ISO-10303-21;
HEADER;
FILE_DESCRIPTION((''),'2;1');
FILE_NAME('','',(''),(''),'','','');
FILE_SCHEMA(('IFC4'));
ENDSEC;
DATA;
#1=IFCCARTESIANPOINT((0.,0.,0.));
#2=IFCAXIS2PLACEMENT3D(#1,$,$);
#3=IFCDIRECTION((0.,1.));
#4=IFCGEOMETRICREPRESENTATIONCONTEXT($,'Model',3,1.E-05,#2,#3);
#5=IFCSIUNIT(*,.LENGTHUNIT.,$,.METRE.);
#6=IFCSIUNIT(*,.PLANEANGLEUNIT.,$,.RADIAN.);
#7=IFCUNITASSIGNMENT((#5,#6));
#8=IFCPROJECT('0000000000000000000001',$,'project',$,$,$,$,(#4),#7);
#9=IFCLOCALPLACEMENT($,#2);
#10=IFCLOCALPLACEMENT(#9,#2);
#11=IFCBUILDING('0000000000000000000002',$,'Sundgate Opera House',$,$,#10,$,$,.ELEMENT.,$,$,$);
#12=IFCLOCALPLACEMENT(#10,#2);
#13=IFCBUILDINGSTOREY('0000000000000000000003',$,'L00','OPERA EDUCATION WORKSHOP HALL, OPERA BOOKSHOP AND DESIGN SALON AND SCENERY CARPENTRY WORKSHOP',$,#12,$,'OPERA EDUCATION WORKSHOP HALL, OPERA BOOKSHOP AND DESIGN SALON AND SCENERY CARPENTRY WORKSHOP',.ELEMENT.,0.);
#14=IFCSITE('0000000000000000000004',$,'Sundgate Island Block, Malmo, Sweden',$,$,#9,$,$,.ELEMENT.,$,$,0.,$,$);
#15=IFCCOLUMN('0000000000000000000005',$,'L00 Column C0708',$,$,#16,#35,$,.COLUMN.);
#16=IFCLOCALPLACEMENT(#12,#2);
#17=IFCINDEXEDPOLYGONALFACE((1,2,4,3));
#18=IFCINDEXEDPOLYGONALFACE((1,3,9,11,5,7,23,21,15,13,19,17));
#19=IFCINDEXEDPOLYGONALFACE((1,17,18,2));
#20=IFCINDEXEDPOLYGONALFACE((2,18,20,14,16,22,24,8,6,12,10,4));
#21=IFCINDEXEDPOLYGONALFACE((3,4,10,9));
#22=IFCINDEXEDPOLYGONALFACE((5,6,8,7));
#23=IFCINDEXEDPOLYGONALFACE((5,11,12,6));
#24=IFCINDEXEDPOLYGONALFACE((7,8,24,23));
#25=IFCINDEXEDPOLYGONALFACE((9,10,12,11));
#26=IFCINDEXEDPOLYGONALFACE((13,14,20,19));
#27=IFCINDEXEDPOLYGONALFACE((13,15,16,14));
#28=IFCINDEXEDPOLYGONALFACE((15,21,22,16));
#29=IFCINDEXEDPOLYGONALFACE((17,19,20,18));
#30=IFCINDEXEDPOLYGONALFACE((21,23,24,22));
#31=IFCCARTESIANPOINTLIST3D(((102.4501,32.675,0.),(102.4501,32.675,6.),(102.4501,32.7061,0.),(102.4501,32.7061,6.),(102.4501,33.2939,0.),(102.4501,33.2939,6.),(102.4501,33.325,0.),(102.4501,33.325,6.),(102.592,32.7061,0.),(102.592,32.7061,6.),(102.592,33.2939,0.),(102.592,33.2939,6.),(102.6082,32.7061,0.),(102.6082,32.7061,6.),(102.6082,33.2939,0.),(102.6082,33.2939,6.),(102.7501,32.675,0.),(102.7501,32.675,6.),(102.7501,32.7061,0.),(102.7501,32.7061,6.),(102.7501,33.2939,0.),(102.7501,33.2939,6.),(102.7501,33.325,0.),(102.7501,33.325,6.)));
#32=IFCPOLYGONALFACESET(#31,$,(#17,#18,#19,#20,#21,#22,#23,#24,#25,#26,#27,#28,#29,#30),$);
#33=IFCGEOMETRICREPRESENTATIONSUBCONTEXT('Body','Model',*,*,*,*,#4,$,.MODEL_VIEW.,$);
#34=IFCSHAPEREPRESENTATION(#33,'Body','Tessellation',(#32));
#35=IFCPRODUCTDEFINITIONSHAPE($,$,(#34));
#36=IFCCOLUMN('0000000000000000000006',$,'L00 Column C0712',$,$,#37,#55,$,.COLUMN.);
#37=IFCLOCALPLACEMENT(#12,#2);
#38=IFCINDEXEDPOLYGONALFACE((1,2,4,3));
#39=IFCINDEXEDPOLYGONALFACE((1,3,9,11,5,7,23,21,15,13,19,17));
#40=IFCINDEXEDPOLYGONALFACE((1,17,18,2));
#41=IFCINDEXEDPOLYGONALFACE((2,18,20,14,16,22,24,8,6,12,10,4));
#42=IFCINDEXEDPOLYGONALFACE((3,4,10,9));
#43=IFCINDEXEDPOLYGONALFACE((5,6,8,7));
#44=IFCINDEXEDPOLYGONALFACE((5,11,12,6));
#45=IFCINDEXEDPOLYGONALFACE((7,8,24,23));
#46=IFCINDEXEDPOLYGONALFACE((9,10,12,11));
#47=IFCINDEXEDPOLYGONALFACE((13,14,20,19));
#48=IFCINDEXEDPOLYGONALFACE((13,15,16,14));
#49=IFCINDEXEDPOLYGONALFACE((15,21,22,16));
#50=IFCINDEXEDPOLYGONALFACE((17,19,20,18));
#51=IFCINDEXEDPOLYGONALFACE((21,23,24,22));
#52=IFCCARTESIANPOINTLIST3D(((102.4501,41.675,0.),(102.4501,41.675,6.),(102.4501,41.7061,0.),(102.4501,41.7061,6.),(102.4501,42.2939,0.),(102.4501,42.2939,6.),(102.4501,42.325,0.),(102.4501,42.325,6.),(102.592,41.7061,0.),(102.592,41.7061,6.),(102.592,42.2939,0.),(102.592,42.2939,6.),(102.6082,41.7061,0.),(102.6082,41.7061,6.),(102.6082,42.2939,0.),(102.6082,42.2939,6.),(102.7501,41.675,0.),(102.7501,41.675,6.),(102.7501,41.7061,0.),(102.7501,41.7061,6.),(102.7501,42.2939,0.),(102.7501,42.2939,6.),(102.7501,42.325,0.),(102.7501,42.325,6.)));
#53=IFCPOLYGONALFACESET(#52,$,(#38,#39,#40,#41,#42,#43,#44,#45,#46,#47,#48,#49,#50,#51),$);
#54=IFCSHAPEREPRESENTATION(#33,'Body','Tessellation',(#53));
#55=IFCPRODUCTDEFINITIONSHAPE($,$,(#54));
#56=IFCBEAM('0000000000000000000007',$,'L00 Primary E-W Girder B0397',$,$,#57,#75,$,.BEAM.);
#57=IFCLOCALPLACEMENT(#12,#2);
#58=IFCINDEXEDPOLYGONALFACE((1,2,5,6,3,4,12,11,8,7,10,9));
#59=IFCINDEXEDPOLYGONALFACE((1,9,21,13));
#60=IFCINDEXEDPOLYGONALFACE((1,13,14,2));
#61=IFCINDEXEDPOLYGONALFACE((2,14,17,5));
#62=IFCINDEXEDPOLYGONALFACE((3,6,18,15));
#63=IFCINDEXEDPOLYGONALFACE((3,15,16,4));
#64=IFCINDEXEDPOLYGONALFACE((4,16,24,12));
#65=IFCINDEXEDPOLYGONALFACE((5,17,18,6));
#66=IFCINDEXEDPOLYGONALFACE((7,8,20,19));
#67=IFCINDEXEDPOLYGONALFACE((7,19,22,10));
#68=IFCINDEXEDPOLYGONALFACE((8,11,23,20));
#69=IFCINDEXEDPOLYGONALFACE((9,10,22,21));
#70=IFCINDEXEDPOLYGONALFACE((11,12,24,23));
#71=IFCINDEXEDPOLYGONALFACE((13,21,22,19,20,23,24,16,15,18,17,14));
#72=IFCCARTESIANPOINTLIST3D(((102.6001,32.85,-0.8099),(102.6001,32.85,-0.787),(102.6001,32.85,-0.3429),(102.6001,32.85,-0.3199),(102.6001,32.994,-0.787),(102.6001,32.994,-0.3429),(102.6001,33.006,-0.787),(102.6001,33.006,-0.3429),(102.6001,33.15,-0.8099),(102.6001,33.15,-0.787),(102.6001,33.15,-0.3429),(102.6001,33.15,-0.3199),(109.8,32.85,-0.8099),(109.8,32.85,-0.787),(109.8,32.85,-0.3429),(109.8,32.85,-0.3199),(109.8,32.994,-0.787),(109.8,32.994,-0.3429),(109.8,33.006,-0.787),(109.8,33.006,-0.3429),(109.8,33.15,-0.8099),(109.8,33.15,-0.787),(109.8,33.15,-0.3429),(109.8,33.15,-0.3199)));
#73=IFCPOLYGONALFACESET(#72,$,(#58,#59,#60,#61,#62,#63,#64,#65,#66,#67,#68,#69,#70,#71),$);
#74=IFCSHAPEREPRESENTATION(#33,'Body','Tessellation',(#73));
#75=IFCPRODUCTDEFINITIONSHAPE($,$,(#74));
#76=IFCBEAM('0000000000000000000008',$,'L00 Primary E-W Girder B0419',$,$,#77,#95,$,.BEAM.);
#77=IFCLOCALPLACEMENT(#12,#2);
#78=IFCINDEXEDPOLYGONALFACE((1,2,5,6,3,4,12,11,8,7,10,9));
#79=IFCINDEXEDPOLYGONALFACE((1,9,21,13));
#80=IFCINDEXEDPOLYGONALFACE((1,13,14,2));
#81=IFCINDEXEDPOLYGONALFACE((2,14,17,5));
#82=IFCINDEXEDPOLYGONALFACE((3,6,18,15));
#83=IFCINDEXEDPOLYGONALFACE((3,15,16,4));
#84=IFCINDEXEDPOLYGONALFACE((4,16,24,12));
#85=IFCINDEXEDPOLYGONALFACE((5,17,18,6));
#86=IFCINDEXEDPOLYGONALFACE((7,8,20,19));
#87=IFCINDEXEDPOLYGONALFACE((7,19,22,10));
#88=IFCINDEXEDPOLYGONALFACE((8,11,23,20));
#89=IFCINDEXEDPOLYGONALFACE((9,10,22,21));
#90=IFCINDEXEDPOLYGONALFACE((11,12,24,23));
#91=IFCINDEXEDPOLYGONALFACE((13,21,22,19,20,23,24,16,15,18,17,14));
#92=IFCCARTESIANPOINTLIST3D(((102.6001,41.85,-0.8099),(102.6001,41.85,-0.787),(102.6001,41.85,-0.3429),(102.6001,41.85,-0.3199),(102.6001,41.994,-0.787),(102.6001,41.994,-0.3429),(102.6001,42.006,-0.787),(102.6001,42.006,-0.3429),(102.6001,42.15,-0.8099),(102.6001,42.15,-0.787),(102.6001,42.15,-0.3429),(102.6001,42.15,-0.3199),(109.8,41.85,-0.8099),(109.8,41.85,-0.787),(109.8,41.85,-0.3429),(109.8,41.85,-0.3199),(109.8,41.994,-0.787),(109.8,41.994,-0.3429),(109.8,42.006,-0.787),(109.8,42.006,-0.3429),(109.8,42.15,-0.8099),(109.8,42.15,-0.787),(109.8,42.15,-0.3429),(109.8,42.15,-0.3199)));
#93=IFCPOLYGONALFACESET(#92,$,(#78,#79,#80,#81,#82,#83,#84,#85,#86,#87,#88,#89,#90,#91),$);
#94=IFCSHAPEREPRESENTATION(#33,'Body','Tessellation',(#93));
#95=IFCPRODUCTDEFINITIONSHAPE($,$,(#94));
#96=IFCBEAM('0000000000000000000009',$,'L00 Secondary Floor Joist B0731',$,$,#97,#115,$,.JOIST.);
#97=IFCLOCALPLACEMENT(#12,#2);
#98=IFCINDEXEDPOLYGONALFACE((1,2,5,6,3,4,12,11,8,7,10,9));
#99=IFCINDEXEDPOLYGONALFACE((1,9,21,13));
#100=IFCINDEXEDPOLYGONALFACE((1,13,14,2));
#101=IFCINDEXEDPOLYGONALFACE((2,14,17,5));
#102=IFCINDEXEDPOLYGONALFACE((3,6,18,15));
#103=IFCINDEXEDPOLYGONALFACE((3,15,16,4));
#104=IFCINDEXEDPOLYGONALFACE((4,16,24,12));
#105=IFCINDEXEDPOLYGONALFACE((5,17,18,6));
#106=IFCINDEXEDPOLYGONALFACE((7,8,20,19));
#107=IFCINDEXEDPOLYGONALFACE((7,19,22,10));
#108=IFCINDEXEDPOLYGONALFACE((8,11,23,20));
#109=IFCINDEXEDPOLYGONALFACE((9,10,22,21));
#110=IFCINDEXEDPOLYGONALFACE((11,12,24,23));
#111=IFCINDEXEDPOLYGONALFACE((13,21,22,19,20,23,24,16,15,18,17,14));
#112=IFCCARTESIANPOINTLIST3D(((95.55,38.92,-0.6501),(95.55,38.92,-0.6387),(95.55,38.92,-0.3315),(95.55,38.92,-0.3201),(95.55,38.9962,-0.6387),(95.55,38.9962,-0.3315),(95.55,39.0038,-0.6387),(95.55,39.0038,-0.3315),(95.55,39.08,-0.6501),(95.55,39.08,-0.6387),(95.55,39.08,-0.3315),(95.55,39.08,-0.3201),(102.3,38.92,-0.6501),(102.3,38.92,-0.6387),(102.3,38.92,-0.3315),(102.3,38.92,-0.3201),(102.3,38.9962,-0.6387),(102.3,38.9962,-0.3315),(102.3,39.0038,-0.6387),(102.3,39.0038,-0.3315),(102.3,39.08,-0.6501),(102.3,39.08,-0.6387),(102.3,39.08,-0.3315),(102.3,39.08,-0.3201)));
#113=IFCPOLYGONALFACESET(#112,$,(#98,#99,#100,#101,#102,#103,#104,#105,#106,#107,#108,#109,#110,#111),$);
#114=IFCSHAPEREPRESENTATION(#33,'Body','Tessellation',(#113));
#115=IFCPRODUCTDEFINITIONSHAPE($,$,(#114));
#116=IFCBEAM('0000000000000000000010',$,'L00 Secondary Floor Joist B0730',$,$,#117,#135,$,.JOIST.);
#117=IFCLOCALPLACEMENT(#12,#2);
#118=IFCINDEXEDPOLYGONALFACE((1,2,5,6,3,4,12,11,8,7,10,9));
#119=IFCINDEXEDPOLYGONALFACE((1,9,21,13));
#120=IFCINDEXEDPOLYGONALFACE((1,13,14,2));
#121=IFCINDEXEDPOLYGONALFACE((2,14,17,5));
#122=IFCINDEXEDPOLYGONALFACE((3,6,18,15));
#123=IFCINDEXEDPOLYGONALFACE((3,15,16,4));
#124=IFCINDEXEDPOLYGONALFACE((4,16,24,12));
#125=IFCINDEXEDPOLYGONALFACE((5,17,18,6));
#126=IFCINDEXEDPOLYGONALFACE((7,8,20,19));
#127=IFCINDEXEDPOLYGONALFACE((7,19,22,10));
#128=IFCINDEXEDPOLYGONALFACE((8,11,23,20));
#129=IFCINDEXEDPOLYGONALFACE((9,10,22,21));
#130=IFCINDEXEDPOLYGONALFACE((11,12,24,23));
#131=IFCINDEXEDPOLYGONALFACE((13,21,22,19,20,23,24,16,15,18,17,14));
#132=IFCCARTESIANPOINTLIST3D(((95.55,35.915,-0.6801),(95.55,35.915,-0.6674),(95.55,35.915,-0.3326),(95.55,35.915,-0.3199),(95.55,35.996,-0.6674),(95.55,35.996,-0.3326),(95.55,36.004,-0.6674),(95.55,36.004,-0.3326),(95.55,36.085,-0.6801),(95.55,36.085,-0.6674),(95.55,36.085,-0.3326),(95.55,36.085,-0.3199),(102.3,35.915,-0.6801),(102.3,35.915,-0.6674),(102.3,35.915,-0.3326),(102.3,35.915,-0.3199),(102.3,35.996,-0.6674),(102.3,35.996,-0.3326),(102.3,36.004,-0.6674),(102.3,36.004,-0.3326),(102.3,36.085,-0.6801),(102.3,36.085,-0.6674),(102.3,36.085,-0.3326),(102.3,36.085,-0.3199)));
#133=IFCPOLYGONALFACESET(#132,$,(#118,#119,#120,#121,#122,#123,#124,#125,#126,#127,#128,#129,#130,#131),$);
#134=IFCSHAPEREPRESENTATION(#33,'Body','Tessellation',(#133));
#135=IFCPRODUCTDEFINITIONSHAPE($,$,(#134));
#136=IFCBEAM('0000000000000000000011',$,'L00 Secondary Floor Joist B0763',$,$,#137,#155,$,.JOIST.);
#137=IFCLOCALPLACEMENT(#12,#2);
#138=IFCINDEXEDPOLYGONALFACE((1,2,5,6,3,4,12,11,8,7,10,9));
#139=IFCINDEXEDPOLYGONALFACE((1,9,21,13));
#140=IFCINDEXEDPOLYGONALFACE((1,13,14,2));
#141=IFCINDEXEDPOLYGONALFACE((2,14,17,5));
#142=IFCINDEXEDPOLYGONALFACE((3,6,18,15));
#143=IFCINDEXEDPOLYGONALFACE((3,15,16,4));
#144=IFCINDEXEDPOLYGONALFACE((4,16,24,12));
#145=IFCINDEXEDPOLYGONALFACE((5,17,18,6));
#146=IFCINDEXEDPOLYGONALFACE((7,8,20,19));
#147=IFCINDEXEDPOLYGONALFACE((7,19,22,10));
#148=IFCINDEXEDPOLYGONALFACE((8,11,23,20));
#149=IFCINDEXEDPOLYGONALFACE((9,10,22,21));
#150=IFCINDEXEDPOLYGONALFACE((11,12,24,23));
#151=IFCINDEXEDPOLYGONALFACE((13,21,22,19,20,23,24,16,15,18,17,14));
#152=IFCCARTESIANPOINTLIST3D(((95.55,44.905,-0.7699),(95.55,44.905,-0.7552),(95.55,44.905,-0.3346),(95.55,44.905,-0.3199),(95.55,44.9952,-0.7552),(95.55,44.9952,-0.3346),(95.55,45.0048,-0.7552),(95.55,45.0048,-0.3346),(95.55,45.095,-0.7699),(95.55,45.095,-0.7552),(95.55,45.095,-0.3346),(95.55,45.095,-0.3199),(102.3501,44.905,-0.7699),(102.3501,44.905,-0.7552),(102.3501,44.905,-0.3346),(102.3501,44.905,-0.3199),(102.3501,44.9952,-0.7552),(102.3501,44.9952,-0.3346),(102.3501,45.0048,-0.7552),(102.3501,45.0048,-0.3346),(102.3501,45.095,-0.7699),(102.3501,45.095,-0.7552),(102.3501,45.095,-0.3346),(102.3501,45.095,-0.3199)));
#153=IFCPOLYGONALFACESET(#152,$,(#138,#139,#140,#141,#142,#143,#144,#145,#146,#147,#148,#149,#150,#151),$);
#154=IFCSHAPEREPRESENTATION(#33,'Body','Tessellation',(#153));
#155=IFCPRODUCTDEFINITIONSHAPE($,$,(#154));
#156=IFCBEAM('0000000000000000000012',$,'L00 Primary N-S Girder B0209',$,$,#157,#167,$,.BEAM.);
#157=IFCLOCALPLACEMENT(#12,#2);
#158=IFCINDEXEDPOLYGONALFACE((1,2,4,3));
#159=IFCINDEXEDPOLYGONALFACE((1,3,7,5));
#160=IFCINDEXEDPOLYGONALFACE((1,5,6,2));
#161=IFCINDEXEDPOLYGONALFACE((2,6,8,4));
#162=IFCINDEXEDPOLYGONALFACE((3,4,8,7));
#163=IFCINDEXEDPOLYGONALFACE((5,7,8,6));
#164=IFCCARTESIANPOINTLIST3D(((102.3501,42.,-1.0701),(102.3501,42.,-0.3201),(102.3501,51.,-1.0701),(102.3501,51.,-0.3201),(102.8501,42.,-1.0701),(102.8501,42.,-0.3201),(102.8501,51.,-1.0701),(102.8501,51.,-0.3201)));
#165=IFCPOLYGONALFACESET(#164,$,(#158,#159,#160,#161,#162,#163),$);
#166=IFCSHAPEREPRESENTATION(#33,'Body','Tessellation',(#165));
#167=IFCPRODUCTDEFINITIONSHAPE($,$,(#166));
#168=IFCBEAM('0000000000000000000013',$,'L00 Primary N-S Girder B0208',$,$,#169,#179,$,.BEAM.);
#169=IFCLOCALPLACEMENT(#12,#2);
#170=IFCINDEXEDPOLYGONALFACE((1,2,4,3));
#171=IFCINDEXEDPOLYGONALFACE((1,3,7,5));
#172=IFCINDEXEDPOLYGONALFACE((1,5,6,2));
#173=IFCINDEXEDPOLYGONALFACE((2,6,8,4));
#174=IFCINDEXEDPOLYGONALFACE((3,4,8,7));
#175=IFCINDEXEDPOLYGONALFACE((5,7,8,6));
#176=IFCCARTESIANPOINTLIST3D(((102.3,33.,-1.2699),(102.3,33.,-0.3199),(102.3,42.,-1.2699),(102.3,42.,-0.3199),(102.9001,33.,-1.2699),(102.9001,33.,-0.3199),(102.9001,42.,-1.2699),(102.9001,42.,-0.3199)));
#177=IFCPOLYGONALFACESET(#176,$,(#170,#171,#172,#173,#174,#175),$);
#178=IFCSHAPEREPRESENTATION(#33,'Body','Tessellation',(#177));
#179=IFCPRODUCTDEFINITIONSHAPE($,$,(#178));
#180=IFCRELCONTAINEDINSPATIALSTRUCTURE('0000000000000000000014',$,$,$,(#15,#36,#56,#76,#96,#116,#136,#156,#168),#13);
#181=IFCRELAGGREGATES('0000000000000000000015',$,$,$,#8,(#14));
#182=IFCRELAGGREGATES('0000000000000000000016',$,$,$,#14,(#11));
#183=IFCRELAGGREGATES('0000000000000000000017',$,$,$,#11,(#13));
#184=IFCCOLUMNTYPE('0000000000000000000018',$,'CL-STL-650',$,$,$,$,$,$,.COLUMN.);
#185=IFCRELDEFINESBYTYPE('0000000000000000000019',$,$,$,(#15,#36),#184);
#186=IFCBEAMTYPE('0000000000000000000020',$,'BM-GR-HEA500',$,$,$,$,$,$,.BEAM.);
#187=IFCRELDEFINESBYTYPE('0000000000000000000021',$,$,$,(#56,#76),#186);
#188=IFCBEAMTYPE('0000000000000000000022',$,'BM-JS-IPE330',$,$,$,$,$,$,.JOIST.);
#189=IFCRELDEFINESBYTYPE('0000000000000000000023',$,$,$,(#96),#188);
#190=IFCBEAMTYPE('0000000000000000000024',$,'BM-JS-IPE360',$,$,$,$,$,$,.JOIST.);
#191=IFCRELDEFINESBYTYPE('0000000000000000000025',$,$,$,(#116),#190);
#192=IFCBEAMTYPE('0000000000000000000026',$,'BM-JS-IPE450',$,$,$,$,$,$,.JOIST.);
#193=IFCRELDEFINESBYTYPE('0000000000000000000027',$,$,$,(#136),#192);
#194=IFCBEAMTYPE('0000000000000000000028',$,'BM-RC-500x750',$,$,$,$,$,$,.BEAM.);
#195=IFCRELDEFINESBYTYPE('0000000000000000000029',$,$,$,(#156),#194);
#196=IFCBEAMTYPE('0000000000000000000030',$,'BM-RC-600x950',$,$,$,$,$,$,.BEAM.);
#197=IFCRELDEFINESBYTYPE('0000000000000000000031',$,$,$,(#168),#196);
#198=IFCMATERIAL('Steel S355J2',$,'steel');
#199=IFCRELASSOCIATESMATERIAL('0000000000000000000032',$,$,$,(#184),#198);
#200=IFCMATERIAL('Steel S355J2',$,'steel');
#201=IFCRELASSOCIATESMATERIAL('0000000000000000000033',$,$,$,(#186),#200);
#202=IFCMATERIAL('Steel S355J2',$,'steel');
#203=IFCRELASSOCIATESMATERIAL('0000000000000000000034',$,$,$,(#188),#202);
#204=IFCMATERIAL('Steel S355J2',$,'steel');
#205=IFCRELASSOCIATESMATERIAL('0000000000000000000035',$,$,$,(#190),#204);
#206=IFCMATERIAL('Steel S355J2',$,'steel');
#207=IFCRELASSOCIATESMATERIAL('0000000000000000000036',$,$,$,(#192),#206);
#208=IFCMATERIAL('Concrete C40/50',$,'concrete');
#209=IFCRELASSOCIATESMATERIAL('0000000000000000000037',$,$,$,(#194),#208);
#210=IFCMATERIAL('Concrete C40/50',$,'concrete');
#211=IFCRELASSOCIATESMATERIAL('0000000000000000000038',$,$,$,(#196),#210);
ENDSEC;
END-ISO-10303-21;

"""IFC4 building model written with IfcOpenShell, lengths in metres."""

from ifc_helpers import new_model, si_unit, direction, frame, origin, origin_2d, place, context, subcontext, project, spatial, rectangle, i_section, extrude, material, material_profile, profile_set, type_object, element, save


model = new_model("IFC4")

# Units and contexts
model_context = context("Model", 3, precision=1e-05, world=origin(), true_north=direction((0.0, 1.0)))
body_context = subcontext(model_context, "Body", "Model", "MODEL_VIEW")
ifc_project = project(units=[si_unit("LENGTHUNIT", "METRE"), si_unit("PLANEANGLEUNIT", "RADIAN")], contexts=[model_context])

# Site, building, storey
site_placement = place(None, origin())
site = spatial("IfcSite", under=ifc_project, at=site_placement, Name="Sundgate Island Block, Malmo, Sweden", CompositionType="ELEMENT", RefElevation=0.0)
building_placement = place(site_placement, origin())
building = spatial("IfcBuilding", under=site, at=building_placement, Name="Sundgate Opera House", CompositionType="ELEMENT")
storey_placement = place(building_placement, origin())
storey = spatial("IfcBuildingStorey", under=building, at=storey_placement, Name="L00", Description="OPERA EDUCATION WORKSHOP HALL, OPERA BOOKSHOP AND DESIGN SALON AND SCENERY CARPENTRY WORKSHOP", LongName="OPERA EDUCATION WORKSHOP HALL, OPERA BOOKSHOP AND DESIGN SALON AND SCENERY CARPENTRY WORKSHOP", CompositionType="ELEMENT", Elevation=0.0)

# Columns
ifc_material_1 = material(Name="Steel S355J2", Category="steel")
ifc_material_profile_1 = material_profile(ifc_material_1, i_section(OverallWidth=0.3, OverallDepth=0.6499, WebThickness=0.0161, FlangeThickness=0.031, at=origin_2d()), Name="HEB 650")
ifc_profile_set_1 = profile_set([ifc_material_profile_1], Name="Steel S355J2")
column_type = type_object("IfcColumnType", Name="CL-STL-650", PredefinedType="COLUMN", material=ifc_profile_set_1)
for number, where, z_axis, x_axis, name in (
    (1, (102.6001, 33.0, 0.0), (0.0, 0.0, 1.0), (1.0, 0.0, 0.0), "L00 Column C0708"),
    (2, (102.6001, 42.0, 0.0), (0.0, 0.0, 1.0), (1.0, 0.0, 0.0), "L00 Column C0712"),
):
    element("IfcColumn", number, at=place(storey_placement, frame(where, z_axis=z_axis, x_axis=x_axis)), inside=storey, type_object=column_type, Name=name, PredefinedType="COLUMN", context=body_context, shape_type="SweptSolid", body=[
        extrude(i_section(OverallWidth=0.3, OverallDepth=0.6499, WebThickness=0.0161, FlangeThickness=0.031, at=origin_2d()), origin(), (0.0, 0.0, 1.0), 6.0),
    ])

# Beams
ifc_material_2 = material(Name="Steel S355J2", Category="steel")
ifc_material_profile_2 = material_profile(ifc_material_2, i_section(OverallWidth=0.3, OverallDepth=0.49, WebThickness=0.012, FlangeThickness=0.0229, at=origin_2d()), Name="HEA 500")
ifc_profile_set_2 = profile_set([ifc_material_profile_2], Name="Steel S355J2")
beam_type_1 = type_object("IfcBeamType", Name="BM-GR-HEA500", PredefinedType="BEAM", material=ifc_profile_set_2)
for number, where, z_axis, x_axis, name in (
    (3, (102.6001, 33.0, -0.5649), (1.0, 0.0, 0.0), (0.0, 1.0, 0.0), "L00 Primary E-W Girder B0397"),
    (4, (102.6001, 42.0, -0.5649), (1.0, 0.0, 0.0), (0.0, 1.0, 0.0), "L00 Primary E-W Girder B0419"),
):
    element("IfcBeam", number, at=place(storey_placement, frame(where, z_axis=z_axis, x_axis=x_axis)), inside=storey, type_object=beam_type_1, Name=name, PredefinedType="BEAM", context=body_context, shape_type="SweptSolid", body=[
        extrude(i_section(OverallWidth=0.3, OverallDepth=0.49, WebThickness=0.012, FlangeThickness=0.0229, at=origin_2d()), origin(), (0.0, 0.0, 1.0), 7.2),
    ])
ifc_material_3 = material(Name="Steel S355J2", Category="steel")
ifc_material_profile_3 = material_profile(ifc_material_3, i_section(OverallWidth=0.1599, OverallDepth=0.3301, WebThickness=0.0076, FlangeThickness=0.0115, at=origin_2d()), Name="IPE 330")
ifc_profile_set_3 = profile_set([ifc_material_profile_3], Name="Steel S355J2")
beam_type_2 = type_object("IfcBeamType", Name="BM-JS-IPE330", PredefinedType="JOIST", material=ifc_profile_set_3)
beam_1_placement = place(storey_placement, frame((95.55, 39.0, -0.4851), z_axis=(1.0, 0.0, 0.0), x_axis=(0.0, 1.0, 0.0)))
element("IfcBeam", 5, at=beam_1_placement, inside=storey, type_object=beam_type_2, Name="L00 Secondary Floor Joist B0731", PredefinedType="JOIST", context=body_context, shape_type="SweptSolid", body=[
    extrude(i_section(OverallWidth=0.1599, OverallDepth=0.3301, WebThickness=0.0076, FlangeThickness=0.0115, at=origin_2d()), origin(), (0.0, 0.0, 1.0), 6.75),
])
ifc_material_4 = material(Name="Steel S355J2", Category="steel")
ifc_material_profile_4 = material_profile(ifc_material_4, i_section(OverallWidth=0.1699, OverallDepth=0.3601, WebThickness=0.0081, FlangeThickness=0.0127, at=origin_2d()), Name="IPE 360")
ifc_profile_set_4 = profile_set([ifc_material_profile_4], Name="Steel S355J2")
beam_type_3 = type_object("IfcBeamType", Name="BM-JS-IPE360", PredefinedType="JOIST", material=ifc_profile_set_4)
beam_2_placement = place(storey_placement, frame((95.55, 36.0, -0.5), z_axis=(1.0, 0.0, 0.0), x_axis=(0.0, 1.0, 0.0)))
element("IfcBeam", 6, at=beam_2_placement, inside=storey, type_object=beam_type_3, Name="L00 Secondary Floor Joist B0730", PredefinedType="JOIST", context=body_context, shape_type="SweptSolid", body=[
    extrude(i_section(OverallWidth=0.1699, OverallDepth=0.3601, WebThickness=0.0081, FlangeThickness=0.0127, at=origin_2d()), origin(), (0.0, 0.0, 1.0), 6.75),
])
ifc_material_5 = material(Name="Steel S355J2", Category="steel")
ifc_material_profile_5 = material_profile(ifc_material_5, i_section(OverallWidth=0.1899, OverallDepth=0.45, WebThickness=0.0095, FlangeThickness=0.0146, at=origin_2d()), Name="IPE 450")
ifc_profile_set_5 = profile_set([ifc_material_profile_5], Name="Steel S355J2")
beam_type_4 = type_object("IfcBeamType", Name="BM-JS-IPE450", PredefinedType="JOIST", material=ifc_profile_set_5)
beam_3_placement = place(storey_placement, frame((95.55, 45.0, -0.5449), z_axis=(1.0, 0.0, 0.0), x_axis=(0.0, 1.0, 0.0)))
element("IfcBeam", 7, at=beam_3_placement, inside=storey, type_object=beam_type_4, Name="L00 Secondary Floor Joist B0763", PredefinedType="JOIST", context=body_context, shape_type="SweptSolid", body=[
    extrude(i_section(OverallWidth=0.1899, OverallDepth=0.45, WebThickness=0.0095, FlangeThickness=0.0146, at=origin_2d()), origin(), (0.0, 0.0, 1.0), 6.8),
])
ifc_material_6 = material(Name="Concrete C40/50", Category="concrete")
ifc_material_profile_6 = material_profile(ifc_material_6, rectangle(XDim=0.5, YDim=0.75, at=origin_2d()), Name="RC 500x750")
ifc_profile_set_6 = profile_set([ifc_material_profile_6], Name="Concrete C40/50")
beam_type_5 = type_object("IfcBeamType", Name="BM-RC-500x750", PredefinedType="BEAM", material=ifc_profile_set_6)
beam_4_placement = place(storey_placement, frame((102.6001, 42.0, -0.6951), z_axis=(0.0, 1.0, 0.0), x_axis=(-1.0, 0.0, 0.0)))
element("IfcBeam", 8, at=beam_4_placement, inside=storey, type_object=beam_type_5, Name="L00 Primary N-S Girder B0209", PredefinedType="BEAM", context=body_context, shape_type="SweptSolid", body=[
    extrude(rectangle(XDim=0.5, YDim=0.75, at=origin_2d()), origin(), (0.0, 0.0, 1.0), 9.0),
])
ifc_material_7 = material(Name="Concrete C40/50", Category="concrete")
ifc_material_profile_7 = material_profile(ifc_material_7, rectangle(XDim=0.6001, YDim=0.95, at=origin_2d()), Name="RC 600x950")
ifc_profile_set_7 = profile_set([ifc_material_profile_7], Name="Concrete C40/50")
beam_type_6 = type_object("IfcBeamType", Name="BM-RC-600x950", PredefinedType="BEAM", material=ifc_profile_set_7)
beam_5_placement = place(storey_placement, frame((102.6001, 33.0, -0.7949), z_axis=(0.0, 1.0, 0.0), x_axis=(-1.0, 0.0, 0.0)))
element("IfcBeam", 9, at=beam_5_placement, inside=storey, type_object=beam_type_6, Name="L00 Primary N-S Girder B0208", PredefinedType="BEAM", context=body_context, shape_type="SweptSolid", body=[
    extrude(rectangle(XDim=0.6001, YDim=0.95, at=origin_2d()), origin(), (0.0, 0.0, 1.0), 9.0),
])

save(model, "model.ifc")
